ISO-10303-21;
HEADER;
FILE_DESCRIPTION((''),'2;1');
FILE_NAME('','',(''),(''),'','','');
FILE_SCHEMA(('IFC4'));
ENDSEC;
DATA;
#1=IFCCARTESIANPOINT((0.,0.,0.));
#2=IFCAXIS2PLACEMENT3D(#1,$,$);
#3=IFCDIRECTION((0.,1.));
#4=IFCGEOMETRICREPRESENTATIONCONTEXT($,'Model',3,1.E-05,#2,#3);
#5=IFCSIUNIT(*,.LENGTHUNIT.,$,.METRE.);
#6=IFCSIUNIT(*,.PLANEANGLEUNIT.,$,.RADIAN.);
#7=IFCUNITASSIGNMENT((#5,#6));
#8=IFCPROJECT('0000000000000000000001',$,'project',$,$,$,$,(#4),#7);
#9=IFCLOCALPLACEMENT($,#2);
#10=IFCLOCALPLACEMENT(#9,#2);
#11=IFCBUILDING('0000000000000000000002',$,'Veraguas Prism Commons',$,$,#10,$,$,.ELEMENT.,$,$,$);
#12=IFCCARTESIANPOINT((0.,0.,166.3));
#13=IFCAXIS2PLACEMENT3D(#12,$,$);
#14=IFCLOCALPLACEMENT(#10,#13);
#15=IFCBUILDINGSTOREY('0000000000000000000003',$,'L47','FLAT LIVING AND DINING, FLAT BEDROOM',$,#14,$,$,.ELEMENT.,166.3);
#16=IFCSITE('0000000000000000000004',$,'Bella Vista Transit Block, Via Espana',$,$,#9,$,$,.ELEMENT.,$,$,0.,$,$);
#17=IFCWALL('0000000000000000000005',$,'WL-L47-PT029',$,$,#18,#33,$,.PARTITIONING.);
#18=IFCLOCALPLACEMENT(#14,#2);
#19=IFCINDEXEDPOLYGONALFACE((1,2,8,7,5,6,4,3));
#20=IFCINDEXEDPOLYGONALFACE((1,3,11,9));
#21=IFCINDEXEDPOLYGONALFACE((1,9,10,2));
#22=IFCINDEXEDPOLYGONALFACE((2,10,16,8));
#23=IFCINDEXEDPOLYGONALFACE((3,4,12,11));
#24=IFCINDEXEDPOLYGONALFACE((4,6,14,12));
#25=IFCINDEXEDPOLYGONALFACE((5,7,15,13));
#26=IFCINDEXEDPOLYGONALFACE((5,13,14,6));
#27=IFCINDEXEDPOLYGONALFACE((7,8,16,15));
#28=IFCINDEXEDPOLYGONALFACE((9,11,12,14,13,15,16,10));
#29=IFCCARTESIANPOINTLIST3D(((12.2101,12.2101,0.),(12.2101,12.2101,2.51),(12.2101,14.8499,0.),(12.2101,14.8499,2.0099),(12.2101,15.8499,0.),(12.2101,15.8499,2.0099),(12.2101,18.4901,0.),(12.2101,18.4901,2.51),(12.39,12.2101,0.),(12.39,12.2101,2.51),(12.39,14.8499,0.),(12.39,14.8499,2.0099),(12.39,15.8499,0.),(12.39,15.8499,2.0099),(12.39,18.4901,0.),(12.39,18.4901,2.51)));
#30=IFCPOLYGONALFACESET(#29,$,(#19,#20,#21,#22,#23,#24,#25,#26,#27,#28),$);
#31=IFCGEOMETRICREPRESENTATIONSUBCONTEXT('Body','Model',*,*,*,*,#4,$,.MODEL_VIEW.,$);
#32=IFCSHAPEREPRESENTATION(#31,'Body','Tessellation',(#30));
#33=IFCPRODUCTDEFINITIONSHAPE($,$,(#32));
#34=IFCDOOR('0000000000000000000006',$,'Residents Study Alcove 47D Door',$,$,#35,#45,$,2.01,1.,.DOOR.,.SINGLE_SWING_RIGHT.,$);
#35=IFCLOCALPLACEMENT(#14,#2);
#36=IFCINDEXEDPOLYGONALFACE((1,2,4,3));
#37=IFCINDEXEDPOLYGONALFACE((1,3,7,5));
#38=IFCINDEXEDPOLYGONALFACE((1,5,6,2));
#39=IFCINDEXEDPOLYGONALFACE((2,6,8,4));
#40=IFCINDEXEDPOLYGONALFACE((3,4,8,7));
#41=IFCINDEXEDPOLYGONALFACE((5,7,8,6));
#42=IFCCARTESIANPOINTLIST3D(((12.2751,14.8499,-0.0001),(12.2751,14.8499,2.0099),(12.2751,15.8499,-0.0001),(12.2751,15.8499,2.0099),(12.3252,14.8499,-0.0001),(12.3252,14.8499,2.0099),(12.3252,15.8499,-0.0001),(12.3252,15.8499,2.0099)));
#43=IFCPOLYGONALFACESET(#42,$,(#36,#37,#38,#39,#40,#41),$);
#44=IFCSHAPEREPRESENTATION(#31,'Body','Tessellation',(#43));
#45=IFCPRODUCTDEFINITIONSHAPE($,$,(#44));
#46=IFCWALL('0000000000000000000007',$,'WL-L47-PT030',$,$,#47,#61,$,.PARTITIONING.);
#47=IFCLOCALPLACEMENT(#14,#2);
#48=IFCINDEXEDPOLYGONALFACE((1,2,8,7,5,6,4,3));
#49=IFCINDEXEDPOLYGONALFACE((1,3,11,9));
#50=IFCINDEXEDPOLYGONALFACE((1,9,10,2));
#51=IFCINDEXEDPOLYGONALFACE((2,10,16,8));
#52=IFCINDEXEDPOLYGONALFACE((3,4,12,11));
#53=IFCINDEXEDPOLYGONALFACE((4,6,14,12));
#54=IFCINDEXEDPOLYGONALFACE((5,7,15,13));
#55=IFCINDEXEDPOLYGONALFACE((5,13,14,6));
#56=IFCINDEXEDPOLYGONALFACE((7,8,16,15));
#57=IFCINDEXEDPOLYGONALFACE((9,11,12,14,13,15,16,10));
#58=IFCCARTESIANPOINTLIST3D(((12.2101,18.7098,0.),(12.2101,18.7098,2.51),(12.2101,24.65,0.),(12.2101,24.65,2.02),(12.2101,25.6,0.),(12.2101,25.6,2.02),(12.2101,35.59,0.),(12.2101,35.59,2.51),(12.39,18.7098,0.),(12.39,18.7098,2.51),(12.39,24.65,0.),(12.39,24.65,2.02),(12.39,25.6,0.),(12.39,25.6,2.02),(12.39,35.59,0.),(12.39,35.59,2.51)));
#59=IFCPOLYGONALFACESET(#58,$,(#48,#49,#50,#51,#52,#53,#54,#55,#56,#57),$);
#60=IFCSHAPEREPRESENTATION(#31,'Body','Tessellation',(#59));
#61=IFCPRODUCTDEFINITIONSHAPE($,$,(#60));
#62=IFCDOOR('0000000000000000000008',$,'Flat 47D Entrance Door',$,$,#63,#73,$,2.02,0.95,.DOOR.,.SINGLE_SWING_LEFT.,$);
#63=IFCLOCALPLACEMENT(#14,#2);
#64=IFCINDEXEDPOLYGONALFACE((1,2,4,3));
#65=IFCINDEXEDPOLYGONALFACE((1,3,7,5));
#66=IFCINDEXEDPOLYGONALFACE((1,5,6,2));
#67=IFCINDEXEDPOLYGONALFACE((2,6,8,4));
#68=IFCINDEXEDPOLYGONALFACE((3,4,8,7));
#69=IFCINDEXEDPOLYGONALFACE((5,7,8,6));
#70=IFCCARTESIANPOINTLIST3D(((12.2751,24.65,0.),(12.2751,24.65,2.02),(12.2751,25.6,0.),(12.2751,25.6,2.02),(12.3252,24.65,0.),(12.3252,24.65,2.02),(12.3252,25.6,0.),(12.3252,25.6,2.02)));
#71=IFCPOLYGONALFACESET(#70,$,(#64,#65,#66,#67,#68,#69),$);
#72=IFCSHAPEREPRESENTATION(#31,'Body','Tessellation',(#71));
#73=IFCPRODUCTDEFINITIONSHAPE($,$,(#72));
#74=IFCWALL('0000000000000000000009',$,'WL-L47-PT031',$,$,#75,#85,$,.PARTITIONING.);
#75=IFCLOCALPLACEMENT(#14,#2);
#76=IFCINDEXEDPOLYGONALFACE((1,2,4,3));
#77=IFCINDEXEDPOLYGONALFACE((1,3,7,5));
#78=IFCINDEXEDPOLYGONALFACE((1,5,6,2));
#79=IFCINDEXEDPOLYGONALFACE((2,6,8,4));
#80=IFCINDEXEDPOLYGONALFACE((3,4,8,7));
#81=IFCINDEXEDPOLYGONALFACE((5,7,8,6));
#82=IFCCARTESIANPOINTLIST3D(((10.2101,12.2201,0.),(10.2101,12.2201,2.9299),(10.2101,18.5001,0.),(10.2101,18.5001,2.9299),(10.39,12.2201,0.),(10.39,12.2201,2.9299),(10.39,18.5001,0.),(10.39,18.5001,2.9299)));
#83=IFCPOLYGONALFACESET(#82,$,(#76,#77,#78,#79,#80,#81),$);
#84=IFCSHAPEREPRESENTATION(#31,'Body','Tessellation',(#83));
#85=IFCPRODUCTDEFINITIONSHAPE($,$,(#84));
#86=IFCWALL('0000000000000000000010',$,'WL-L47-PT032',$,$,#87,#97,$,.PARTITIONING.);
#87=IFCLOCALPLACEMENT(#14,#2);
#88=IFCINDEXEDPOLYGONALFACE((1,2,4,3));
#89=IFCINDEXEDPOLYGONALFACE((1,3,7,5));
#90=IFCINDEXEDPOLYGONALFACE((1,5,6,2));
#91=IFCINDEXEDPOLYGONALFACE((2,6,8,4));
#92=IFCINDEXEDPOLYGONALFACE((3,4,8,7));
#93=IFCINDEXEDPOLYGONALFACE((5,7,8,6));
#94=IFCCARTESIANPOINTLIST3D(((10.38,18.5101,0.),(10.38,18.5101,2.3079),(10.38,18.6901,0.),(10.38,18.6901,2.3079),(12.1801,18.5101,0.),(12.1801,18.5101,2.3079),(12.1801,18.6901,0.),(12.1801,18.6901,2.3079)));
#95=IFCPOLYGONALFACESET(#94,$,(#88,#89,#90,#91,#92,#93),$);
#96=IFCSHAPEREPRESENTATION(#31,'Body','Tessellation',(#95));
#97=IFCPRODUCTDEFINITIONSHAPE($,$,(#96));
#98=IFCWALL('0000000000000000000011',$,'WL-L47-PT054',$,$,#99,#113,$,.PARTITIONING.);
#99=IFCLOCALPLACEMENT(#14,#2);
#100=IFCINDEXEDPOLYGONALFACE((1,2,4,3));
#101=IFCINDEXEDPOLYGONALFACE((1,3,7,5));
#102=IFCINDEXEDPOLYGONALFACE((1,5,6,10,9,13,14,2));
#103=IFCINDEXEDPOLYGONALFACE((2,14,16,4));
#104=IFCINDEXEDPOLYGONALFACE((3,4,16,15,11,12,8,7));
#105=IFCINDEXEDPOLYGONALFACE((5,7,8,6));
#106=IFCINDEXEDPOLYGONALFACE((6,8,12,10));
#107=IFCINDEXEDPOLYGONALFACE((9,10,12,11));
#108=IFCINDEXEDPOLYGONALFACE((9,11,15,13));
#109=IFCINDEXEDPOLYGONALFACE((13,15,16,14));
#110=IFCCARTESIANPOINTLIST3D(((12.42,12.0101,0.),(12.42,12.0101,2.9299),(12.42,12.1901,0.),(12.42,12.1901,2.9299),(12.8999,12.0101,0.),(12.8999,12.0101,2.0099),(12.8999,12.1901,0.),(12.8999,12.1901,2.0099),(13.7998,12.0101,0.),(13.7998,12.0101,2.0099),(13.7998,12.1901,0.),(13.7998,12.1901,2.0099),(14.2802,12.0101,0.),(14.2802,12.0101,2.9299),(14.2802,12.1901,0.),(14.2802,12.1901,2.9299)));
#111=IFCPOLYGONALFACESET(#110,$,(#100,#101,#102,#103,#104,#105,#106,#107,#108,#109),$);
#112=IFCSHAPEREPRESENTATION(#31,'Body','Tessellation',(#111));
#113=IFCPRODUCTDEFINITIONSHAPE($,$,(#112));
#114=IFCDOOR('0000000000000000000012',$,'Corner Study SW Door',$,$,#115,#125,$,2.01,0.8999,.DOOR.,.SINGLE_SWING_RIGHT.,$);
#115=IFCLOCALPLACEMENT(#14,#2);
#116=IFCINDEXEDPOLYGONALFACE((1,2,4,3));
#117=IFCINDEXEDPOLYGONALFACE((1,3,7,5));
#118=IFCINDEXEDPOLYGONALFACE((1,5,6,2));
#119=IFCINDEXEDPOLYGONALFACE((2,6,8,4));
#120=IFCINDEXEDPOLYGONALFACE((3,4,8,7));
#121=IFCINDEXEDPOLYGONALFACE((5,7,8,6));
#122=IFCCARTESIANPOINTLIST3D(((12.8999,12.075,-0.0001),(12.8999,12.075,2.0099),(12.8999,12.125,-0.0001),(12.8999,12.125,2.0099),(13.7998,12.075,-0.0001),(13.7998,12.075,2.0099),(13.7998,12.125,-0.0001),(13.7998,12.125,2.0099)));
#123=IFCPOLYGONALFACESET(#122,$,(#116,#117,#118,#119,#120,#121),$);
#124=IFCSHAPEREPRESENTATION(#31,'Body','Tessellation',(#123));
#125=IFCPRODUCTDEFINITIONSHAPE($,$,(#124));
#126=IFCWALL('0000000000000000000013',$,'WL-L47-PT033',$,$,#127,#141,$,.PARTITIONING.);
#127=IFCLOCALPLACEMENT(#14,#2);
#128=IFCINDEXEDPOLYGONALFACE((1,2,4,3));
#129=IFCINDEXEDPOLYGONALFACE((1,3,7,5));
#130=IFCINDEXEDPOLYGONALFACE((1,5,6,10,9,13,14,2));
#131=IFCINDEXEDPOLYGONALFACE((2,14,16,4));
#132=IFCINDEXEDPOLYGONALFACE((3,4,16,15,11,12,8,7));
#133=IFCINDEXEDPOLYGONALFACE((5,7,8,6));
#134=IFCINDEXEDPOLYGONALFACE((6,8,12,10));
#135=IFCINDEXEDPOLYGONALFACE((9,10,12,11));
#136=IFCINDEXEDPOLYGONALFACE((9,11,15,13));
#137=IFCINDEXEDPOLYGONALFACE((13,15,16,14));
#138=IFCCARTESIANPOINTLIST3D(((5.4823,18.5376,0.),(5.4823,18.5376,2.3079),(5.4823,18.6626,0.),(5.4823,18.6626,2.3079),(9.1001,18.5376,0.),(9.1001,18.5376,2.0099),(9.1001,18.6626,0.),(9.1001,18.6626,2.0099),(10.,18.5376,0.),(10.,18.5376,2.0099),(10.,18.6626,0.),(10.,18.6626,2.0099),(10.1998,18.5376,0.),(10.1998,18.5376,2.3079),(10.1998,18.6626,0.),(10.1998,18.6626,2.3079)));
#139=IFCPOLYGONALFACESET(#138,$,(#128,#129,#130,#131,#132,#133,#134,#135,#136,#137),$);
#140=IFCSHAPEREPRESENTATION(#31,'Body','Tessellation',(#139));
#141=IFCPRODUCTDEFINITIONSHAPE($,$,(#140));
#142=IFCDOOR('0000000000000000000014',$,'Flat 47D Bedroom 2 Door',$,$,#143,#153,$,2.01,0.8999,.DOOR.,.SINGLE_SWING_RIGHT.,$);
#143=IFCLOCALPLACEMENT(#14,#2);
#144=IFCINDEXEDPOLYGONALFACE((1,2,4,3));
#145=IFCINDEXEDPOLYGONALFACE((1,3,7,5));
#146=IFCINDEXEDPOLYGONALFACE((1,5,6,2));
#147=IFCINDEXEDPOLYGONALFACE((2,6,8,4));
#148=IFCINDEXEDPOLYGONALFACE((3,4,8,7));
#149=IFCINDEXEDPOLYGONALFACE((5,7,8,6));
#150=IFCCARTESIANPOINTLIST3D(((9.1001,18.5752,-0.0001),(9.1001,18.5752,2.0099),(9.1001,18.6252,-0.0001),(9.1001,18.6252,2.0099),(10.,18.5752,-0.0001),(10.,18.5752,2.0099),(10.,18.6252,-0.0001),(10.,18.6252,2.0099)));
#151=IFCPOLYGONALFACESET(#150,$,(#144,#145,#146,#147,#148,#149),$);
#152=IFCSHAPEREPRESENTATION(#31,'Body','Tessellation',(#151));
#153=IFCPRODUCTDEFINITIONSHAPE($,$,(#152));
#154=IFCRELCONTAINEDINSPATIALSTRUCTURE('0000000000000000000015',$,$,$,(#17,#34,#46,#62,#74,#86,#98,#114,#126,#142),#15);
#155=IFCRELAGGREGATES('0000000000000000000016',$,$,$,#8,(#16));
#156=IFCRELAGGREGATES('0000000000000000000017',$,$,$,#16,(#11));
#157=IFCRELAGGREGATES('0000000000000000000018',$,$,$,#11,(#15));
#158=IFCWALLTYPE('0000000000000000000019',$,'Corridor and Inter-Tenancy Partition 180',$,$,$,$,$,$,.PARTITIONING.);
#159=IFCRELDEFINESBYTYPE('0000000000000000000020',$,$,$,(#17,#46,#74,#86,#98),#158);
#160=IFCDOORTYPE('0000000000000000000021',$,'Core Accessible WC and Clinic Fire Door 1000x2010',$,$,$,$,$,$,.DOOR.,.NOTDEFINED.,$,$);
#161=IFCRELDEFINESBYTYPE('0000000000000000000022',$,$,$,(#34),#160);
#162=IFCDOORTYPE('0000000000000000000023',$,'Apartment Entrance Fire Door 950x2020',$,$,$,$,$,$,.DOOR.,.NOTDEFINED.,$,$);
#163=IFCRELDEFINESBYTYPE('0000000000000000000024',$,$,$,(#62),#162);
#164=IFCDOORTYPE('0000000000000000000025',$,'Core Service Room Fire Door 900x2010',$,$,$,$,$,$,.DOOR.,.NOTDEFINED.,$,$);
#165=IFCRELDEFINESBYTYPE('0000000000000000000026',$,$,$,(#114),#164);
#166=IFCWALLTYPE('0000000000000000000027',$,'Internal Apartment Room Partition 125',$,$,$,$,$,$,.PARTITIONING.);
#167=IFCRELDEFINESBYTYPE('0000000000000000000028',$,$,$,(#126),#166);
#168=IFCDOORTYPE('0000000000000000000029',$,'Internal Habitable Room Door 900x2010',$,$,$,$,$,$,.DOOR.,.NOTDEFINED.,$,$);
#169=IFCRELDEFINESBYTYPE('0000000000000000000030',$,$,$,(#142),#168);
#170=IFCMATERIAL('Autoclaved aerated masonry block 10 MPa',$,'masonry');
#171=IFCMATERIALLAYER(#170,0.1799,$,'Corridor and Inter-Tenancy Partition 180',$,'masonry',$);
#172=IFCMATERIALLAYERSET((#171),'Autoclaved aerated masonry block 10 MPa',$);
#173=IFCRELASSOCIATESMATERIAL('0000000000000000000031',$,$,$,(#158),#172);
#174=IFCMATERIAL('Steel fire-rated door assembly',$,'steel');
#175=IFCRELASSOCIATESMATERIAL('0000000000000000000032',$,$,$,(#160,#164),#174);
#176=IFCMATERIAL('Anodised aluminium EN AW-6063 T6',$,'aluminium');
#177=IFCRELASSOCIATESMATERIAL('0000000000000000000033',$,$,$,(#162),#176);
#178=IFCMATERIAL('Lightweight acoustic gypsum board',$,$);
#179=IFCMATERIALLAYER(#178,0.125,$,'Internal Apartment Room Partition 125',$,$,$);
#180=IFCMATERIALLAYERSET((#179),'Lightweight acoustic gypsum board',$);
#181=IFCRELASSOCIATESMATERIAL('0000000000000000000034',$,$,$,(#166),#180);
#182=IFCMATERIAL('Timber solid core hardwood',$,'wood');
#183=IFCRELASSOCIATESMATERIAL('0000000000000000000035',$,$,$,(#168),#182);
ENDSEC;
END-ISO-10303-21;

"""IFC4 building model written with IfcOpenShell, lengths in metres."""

from ifc_helpers import new_model, si_unit, direction, frame, frame_2d, origin, place, context, subcontext, project, spatial, rectangle, extrude, source, transform, mapped, material, layer, layer_set, type_object, element, fill, save


model = new_model("IFC4")

# Units and contexts
model_context = context("Model", 3, precision=1e-05, world=origin(), true_north=direction((0.0, 1.0)))
body_context = subcontext(model_context, "Body", "Model", "MODEL_VIEW")
ifc_project = project(units=[si_unit("LENGTHUNIT", "METRE"), si_unit("PLANEANGLEUNIT", "RADIAN")], contexts=[model_context])

# Site, building, storey
site_placement = place(None, origin())
site = spatial("IfcSite", under=ifc_project, at=site_placement, Name="Bella Vista Transit Block, Via Espana", CompositionType="ELEMENT", RefElevation=0.0)
building_placement = place(site_placement, origin())
building = spatial("IfcBuilding", under=site, at=building_placement, Name="Veraguas Prism Commons", CompositionType="ELEMENT")
storey_placement = place(building_placement, frame((0.0, 0.0, 166.3)))
storey = spatial("IfcBuildingStorey", under=building, at=storey_placement, Name="L47", Description="FLAT LIVING AND DINING, FLAT BEDROOM", CompositionType="ELEMENT", Elevation=166.3)

# Shared definitions
ifc_material_1 = material(Name="Anodised aluminium EN AW-6063 T6", Category="aluminium")

# Shared definitions
ifc_material_2 = material(Name="Autoclaved aerated masonry block 10 MPa", Category="masonry")
ifc_layer_1 = layer(ifc_material_2, 0.1799, Name="Corridor and Inter-Tenancy Partition 180", Category="masonry")
ifc_layer_set_1 = layer_set([ifc_layer_1], Name="Autoclaved aerated masonry block 10 MPa")
wall_type_1 = type_object("IfcWallType", Name="Corridor and Inter-Tenancy Partition 180", PredefinedType="PARTITIONING", material=ifc_layer_set_1)

# Walls, openings, doors
wall_1_placement = place(storey_placement, frame((12.3, 12.21, 0.0), z_axis=(0.0, 0.0, 1.0), x_axis=(0.0, 1.0, 0.0)))
wall_1 = element("IfcWall", 1, at=wall_1_placement, inside=storey, type_object=wall_type_1, Name="WL-L47-PT029", PredefinedType="PARTITIONING", context=body_context, shape_type="SweptSolid", body=[
    extrude(rectangle(XDim=6.28, YDim=0.1799, at=frame_2d((3.1401, 0.0))), origin(), (0.0, 0.0, 1.0), 2.51),
])
opening_1_placement = place(wall_1_placement, frame((2.6399, 0.0, 0.0)))
opening_1 = element("IfcOpeningElement", 2, at=opening_1_placement, cuts=wall_1, PredefinedType="OPENING", context=body_context, shape_type="SweptSolid", body=[
    extrude(rectangle(XDim=1.0, YDim=2.01, at=frame_2d((0.5, 1.0049))), frame((0.0, 0.0999, 0.0), z_axis=(0.0, -1.0, 0.0), x_axis=(1.0, 0.0, 0.0)), (0.0, 0.0, 1.0), 0.2),
])
ifc_material_3 = material(Name="Steel fire-rated door assembly", Category="steel")
door_type_1 = type_object("IfcDoorType", Name="Core Accessible WC and Clinic Fire Door 1000x2010", OperationType="NOTDEFINED", PredefinedType="DOOR", material=ifc_material_3)
shared_shape_1 = source(origin(), body_context, "Body", "SweptSolid", [
    extrude(rectangle(XDim=1.0, YDim=2.01, at=frame_2d((0.5, 1.0049))), frame((0.0, 0.0249, 0.0), z_axis=(0.0, -1.0, 0.0), x_axis=(1.0, 0.0, 0.0)), (0.0, 0.0, 1.0), 0.05),
])
door_1_placement = place(opening_1_placement, origin())
door_1 = element("IfcDoor", 3, at=door_1_placement, inside=storey, type_object=door_type_1, Name="Residents Study Alcove 47D Door", OperationType="SINGLE_SWING_RIGHT", OverallHeight=2.01, OverallWidth=1.0, PredefinedType="DOOR", context=body_context, shape_type="MappedRepresentation", body=[
    mapped(shared_shape_1, transform((0.0, 0.0, 0.0), scale=1.0)),
])
fill(opening_1, door_1)
wall_2_placement = place(storey_placement, frame((12.3, 18.71, 0.0), z_axis=(0.0, 0.0, 1.0), x_axis=(0.0, 1.0, 0.0)))
wall_2 = element("IfcWall", 4, at=wall_2_placement, inside=storey, type_object=wall_type_1, Name="WL-L47-PT030", PredefinedType="PARTITIONING", context=body_context, shape_type="SweptSolid", body=[
    extrude(rectangle(XDim=16.8801, YDim=0.1799, at=frame_2d((8.4399, 0.0))), origin(), (0.0, 0.0, 1.0), 2.51),
])
opening_2_placement = place(wall_2_placement, frame((5.9399, 0.0, 0.0)))
opening_2 = element("IfcOpeningElement", 5, at=opening_2_placement, cuts=wall_2, PredefinedType="OPENING", context=body_context, shape_type="SweptSolid", body=[
    extrude(rectangle(XDim=0.95, YDim=2.02, at=frame_2d((0.4751, 1.01))), frame((0.0, 0.0999, 0.0), z_axis=(0.0, -1.0, 0.0), x_axis=(1.0, 0.0, 0.0)), (0.0, 0.0, 1.0), 0.2),
])
door_type_2 = type_object("IfcDoorType", Name="Apartment Entrance Fire Door 950x2020", OperationType="NOTDEFINED", PredefinedType="DOOR", material=ifc_material_1)
shared_shape_2 = source(origin(), body_context, "Body", "SweptSolid", [
    extrude(rectangle(XDim=0.95, YDim=2.02, at=frame_2d((0.4751, 1.01))), frame((0.0, 0.0249, 0.0), z_axis=(0.0, -1.0, 0.0), x_axis=(1.0, 0.0, 0.0)), (0.0, 0.0, 1.0), 0.05),
])
door_2_placement = place(opening_2_placement, origin())
door_2 = element("IfcDoor", 6, at=door_2_placement, inside=storey, type_object=door_type_2, Name="Flat 47D Entrance Door", OperationType="SINGLE_SWING_LEFT", OverallHeight=2.02, OverallWidth=0.95, PredefinedType="DOOR", context=body_context, shape_type="MappedRepresentation", body=[
    mapped(shared_shape_2, transform((0.0, 0.0, 0.0), scale=1.0)),
])
fill(opening_2, door_2)

# Walls
wall_3_placement = place(storey_placement, frame((10.3, 12.22, 0.0), z_axis=(0.0, 0.0, 1.0), x_axis=(0.0, 1.0, 0.0)))
element("IfcWall", 7, at=wall_3_placement, inside=storey, type_object=wall_type_1, Name="WL-L47-PT031", PredefinedType="PARTITIONING", context=body_context, shape_type="SweptSolid", body=[
    extrude(rectangle(XDim=6.28, YDim=0.1799, at=frame_2d((3.1401, 0.0))), origin(), (0.0, 0.0, 1.0), 2.9299),
])
wall_4_placement = place(storey_placement, frame((12.1799, 18.6001, 0.0), z_axis=(0.0, 0.0, 1.0), x_axis=(-1.0, 0.0, 0.0)))
element("IfcWall", 8, at=wall_4_placement, inside=storey, type_object=wall_type_1, Name="WL-L47-PT032", PredefinedType="PARTITIONING", context=body_context, shape_type="SweptSolid", body=[
    extrude(rectangle(XDim=1.8, YDim=0.1799, at=frame_2d((0.8999, 0.0))), origin(), (0.0, 0.0, 1.0), 2.3079),
])

# Walls, openings, doors
wall_5_placement = place(storey_placement, frame((12.4199, 12.1001, 0.0), z_axis=(0.0, 0.0, 1.0), x_axis=(1.0, 0.0, 0.0)))
wall_5 = element("IfcWall", 9, at=wall_5_placement, inside=storey, type_object=wall_type_1, Name="WL-L47-PT054", PredefinedType="PARTITIONING", context=body_context, shape_type="SweptSolid", body=[
    extrude(rectangle(XDim=1.8601, YDim=0.1799, at=frame_2d((0.9302, 0.0))), origin(), (0.0, 0.0, 1.0), 2.9299),
])
opening_3_placement = place(wall_5_placement, frame((0.48, 0.0, 0.0)))
opening_3 = element("IfcOpeningElement", 10, at=opening_3_placement, cuts=wall_5, PredefinedType="OPENING", context=body_context, shape_type="SweptSolid", body=[
    extrude(rectangle(XDim=0.8999, YDim=2.01, at=frame_2d((0.45, 1.0049))), frame((0.0, 0.0999, 0.0), z_axis=(0.0, -1.0, 0.0), x_axis=(1.0, 0.0, 0.0)), (0.0, 0.0, 1.0), 0.2),
])
door_type_3 = type_object("IfcDoorType", Name="Core Service Room Fire Door 900x2010", OperationType="NOTDEFINED", PredefinedType="DOOR", material=ifc_material_3)
shared_shape_3 = source(origin(), body_context, "Body", "SweptSolid", [
    extrude(rectangle(XDim=0.8999, YDim=2.01, at=frame_2d((0.45, 1.0049))), frame((0.0, 0.0249, 0.0), z_axis=(0.0, -1.0, 0.0), x_axis=(1.0, 0.0, 0.0)), (0.0, 0.0, 1.0), 0.05),
])
door_3_placement = place(opening_3_placement, origin())
door_3 = element("IfcDoor", 11, at=door_3_placement, inside=storey, type_object=door_type_3, Name="Corner Study SW Door", OperationType="SINGLE_SWING_RIGHT", OverallHeight=2.01, OverallWidth=0.8999, PredefinedType="DOOR", context=body_context, shape_type="MappedRepresentation", body=[
    mapped(shared_shape_3, transform((0.0, 0.0, 0.0), scale=1.0)),
])
fill(opening_3, door_3)
ifc_material_4 = material(Name="Lightweight acoustic gypsum board")
ifc_layer_2 = layer(ifc_material_4, 0.125, Name="Internal Apartment Room Partition 125")
ifc_layer_set_2 = layer_set([ifc_layer_2], Name="Lightweight acoustic gypsum board")
wall_type_2 = type_object("IfcWallType", Name="Internal Apartment Room Partition 125", PredefinedType="PARTITIONING", material=ifc_layer_set_2)
wall_6_placement = place(storey_placement, frame((10.2, 18.6001, 0.0), z_axis=(0.0, 0.0, 1.0), x_axis=(-1.0, 0.0, 0.0)))
wall_6 = element("IfcWall", 12, at=wall_6_placement, inside=storey, type_object=wall_type_2, Name="WL-L47-PT033", PredefinedType="PARTITIONING", context=body_context, shape_type="SweptSolid", body=[
    extrude(rectangle(XDim=4.7175, YDim=0.125, at=frame_2d((2.3589, 0.0))), origin(), (0.0, 0.0, 1.0), 2.3079),
])
opening_4_placement = place(wall_6_placement, frame((0.2, 0.0, 0.0)))
opening_4 = element("IfcOpeningElement", 13, at=opening_4_placement, cuts=wall_6, PredefinedType="OPENING", context=body_context, shape_type="SweptSolid", body=[
    extrude(rectangle(XDim=0.8999, YDim=2.01, at=frame_2d((0.45, 1.0049))), frame((0.0, 0.0725, 0.0), z_axis=(0.0, -1.0, 0.0), x_axis=(1.0, 0.0, 0.0)), (0.0, 0.0, 1.0), 0.145),
])
ifc_material_5 = material(Name="Timber solid core hardwood", Category="wood")
door_type_4 = type_object("IfcDoorType", Name="Internal Habitable Room Door 900x2010", OperationType="NOTDEFINED", PredefinedType="DOOR", material=ifc_material_5)
door_4_placement = place(opening_4_placement, origin())
door_4 = element("IfcDoor", 14, at=door_4_placement, inside=storey, type_object=door_type_4, Name="Flat 47D Bedroom 2 Door", OperationType="SINGLE_SWING_RIGHT", OverallHeight=2.01, OverallWidth=0.8999, PredefinedType="DOOR", context=body_context, shape_type="MappedRepresentation", body=[
    mapped(shared_shape_3, transform((0.0, 0.0, 0.0), scale=1.0)),
])
fill(opening_4, door_4)

save(model, "model.ifc")
